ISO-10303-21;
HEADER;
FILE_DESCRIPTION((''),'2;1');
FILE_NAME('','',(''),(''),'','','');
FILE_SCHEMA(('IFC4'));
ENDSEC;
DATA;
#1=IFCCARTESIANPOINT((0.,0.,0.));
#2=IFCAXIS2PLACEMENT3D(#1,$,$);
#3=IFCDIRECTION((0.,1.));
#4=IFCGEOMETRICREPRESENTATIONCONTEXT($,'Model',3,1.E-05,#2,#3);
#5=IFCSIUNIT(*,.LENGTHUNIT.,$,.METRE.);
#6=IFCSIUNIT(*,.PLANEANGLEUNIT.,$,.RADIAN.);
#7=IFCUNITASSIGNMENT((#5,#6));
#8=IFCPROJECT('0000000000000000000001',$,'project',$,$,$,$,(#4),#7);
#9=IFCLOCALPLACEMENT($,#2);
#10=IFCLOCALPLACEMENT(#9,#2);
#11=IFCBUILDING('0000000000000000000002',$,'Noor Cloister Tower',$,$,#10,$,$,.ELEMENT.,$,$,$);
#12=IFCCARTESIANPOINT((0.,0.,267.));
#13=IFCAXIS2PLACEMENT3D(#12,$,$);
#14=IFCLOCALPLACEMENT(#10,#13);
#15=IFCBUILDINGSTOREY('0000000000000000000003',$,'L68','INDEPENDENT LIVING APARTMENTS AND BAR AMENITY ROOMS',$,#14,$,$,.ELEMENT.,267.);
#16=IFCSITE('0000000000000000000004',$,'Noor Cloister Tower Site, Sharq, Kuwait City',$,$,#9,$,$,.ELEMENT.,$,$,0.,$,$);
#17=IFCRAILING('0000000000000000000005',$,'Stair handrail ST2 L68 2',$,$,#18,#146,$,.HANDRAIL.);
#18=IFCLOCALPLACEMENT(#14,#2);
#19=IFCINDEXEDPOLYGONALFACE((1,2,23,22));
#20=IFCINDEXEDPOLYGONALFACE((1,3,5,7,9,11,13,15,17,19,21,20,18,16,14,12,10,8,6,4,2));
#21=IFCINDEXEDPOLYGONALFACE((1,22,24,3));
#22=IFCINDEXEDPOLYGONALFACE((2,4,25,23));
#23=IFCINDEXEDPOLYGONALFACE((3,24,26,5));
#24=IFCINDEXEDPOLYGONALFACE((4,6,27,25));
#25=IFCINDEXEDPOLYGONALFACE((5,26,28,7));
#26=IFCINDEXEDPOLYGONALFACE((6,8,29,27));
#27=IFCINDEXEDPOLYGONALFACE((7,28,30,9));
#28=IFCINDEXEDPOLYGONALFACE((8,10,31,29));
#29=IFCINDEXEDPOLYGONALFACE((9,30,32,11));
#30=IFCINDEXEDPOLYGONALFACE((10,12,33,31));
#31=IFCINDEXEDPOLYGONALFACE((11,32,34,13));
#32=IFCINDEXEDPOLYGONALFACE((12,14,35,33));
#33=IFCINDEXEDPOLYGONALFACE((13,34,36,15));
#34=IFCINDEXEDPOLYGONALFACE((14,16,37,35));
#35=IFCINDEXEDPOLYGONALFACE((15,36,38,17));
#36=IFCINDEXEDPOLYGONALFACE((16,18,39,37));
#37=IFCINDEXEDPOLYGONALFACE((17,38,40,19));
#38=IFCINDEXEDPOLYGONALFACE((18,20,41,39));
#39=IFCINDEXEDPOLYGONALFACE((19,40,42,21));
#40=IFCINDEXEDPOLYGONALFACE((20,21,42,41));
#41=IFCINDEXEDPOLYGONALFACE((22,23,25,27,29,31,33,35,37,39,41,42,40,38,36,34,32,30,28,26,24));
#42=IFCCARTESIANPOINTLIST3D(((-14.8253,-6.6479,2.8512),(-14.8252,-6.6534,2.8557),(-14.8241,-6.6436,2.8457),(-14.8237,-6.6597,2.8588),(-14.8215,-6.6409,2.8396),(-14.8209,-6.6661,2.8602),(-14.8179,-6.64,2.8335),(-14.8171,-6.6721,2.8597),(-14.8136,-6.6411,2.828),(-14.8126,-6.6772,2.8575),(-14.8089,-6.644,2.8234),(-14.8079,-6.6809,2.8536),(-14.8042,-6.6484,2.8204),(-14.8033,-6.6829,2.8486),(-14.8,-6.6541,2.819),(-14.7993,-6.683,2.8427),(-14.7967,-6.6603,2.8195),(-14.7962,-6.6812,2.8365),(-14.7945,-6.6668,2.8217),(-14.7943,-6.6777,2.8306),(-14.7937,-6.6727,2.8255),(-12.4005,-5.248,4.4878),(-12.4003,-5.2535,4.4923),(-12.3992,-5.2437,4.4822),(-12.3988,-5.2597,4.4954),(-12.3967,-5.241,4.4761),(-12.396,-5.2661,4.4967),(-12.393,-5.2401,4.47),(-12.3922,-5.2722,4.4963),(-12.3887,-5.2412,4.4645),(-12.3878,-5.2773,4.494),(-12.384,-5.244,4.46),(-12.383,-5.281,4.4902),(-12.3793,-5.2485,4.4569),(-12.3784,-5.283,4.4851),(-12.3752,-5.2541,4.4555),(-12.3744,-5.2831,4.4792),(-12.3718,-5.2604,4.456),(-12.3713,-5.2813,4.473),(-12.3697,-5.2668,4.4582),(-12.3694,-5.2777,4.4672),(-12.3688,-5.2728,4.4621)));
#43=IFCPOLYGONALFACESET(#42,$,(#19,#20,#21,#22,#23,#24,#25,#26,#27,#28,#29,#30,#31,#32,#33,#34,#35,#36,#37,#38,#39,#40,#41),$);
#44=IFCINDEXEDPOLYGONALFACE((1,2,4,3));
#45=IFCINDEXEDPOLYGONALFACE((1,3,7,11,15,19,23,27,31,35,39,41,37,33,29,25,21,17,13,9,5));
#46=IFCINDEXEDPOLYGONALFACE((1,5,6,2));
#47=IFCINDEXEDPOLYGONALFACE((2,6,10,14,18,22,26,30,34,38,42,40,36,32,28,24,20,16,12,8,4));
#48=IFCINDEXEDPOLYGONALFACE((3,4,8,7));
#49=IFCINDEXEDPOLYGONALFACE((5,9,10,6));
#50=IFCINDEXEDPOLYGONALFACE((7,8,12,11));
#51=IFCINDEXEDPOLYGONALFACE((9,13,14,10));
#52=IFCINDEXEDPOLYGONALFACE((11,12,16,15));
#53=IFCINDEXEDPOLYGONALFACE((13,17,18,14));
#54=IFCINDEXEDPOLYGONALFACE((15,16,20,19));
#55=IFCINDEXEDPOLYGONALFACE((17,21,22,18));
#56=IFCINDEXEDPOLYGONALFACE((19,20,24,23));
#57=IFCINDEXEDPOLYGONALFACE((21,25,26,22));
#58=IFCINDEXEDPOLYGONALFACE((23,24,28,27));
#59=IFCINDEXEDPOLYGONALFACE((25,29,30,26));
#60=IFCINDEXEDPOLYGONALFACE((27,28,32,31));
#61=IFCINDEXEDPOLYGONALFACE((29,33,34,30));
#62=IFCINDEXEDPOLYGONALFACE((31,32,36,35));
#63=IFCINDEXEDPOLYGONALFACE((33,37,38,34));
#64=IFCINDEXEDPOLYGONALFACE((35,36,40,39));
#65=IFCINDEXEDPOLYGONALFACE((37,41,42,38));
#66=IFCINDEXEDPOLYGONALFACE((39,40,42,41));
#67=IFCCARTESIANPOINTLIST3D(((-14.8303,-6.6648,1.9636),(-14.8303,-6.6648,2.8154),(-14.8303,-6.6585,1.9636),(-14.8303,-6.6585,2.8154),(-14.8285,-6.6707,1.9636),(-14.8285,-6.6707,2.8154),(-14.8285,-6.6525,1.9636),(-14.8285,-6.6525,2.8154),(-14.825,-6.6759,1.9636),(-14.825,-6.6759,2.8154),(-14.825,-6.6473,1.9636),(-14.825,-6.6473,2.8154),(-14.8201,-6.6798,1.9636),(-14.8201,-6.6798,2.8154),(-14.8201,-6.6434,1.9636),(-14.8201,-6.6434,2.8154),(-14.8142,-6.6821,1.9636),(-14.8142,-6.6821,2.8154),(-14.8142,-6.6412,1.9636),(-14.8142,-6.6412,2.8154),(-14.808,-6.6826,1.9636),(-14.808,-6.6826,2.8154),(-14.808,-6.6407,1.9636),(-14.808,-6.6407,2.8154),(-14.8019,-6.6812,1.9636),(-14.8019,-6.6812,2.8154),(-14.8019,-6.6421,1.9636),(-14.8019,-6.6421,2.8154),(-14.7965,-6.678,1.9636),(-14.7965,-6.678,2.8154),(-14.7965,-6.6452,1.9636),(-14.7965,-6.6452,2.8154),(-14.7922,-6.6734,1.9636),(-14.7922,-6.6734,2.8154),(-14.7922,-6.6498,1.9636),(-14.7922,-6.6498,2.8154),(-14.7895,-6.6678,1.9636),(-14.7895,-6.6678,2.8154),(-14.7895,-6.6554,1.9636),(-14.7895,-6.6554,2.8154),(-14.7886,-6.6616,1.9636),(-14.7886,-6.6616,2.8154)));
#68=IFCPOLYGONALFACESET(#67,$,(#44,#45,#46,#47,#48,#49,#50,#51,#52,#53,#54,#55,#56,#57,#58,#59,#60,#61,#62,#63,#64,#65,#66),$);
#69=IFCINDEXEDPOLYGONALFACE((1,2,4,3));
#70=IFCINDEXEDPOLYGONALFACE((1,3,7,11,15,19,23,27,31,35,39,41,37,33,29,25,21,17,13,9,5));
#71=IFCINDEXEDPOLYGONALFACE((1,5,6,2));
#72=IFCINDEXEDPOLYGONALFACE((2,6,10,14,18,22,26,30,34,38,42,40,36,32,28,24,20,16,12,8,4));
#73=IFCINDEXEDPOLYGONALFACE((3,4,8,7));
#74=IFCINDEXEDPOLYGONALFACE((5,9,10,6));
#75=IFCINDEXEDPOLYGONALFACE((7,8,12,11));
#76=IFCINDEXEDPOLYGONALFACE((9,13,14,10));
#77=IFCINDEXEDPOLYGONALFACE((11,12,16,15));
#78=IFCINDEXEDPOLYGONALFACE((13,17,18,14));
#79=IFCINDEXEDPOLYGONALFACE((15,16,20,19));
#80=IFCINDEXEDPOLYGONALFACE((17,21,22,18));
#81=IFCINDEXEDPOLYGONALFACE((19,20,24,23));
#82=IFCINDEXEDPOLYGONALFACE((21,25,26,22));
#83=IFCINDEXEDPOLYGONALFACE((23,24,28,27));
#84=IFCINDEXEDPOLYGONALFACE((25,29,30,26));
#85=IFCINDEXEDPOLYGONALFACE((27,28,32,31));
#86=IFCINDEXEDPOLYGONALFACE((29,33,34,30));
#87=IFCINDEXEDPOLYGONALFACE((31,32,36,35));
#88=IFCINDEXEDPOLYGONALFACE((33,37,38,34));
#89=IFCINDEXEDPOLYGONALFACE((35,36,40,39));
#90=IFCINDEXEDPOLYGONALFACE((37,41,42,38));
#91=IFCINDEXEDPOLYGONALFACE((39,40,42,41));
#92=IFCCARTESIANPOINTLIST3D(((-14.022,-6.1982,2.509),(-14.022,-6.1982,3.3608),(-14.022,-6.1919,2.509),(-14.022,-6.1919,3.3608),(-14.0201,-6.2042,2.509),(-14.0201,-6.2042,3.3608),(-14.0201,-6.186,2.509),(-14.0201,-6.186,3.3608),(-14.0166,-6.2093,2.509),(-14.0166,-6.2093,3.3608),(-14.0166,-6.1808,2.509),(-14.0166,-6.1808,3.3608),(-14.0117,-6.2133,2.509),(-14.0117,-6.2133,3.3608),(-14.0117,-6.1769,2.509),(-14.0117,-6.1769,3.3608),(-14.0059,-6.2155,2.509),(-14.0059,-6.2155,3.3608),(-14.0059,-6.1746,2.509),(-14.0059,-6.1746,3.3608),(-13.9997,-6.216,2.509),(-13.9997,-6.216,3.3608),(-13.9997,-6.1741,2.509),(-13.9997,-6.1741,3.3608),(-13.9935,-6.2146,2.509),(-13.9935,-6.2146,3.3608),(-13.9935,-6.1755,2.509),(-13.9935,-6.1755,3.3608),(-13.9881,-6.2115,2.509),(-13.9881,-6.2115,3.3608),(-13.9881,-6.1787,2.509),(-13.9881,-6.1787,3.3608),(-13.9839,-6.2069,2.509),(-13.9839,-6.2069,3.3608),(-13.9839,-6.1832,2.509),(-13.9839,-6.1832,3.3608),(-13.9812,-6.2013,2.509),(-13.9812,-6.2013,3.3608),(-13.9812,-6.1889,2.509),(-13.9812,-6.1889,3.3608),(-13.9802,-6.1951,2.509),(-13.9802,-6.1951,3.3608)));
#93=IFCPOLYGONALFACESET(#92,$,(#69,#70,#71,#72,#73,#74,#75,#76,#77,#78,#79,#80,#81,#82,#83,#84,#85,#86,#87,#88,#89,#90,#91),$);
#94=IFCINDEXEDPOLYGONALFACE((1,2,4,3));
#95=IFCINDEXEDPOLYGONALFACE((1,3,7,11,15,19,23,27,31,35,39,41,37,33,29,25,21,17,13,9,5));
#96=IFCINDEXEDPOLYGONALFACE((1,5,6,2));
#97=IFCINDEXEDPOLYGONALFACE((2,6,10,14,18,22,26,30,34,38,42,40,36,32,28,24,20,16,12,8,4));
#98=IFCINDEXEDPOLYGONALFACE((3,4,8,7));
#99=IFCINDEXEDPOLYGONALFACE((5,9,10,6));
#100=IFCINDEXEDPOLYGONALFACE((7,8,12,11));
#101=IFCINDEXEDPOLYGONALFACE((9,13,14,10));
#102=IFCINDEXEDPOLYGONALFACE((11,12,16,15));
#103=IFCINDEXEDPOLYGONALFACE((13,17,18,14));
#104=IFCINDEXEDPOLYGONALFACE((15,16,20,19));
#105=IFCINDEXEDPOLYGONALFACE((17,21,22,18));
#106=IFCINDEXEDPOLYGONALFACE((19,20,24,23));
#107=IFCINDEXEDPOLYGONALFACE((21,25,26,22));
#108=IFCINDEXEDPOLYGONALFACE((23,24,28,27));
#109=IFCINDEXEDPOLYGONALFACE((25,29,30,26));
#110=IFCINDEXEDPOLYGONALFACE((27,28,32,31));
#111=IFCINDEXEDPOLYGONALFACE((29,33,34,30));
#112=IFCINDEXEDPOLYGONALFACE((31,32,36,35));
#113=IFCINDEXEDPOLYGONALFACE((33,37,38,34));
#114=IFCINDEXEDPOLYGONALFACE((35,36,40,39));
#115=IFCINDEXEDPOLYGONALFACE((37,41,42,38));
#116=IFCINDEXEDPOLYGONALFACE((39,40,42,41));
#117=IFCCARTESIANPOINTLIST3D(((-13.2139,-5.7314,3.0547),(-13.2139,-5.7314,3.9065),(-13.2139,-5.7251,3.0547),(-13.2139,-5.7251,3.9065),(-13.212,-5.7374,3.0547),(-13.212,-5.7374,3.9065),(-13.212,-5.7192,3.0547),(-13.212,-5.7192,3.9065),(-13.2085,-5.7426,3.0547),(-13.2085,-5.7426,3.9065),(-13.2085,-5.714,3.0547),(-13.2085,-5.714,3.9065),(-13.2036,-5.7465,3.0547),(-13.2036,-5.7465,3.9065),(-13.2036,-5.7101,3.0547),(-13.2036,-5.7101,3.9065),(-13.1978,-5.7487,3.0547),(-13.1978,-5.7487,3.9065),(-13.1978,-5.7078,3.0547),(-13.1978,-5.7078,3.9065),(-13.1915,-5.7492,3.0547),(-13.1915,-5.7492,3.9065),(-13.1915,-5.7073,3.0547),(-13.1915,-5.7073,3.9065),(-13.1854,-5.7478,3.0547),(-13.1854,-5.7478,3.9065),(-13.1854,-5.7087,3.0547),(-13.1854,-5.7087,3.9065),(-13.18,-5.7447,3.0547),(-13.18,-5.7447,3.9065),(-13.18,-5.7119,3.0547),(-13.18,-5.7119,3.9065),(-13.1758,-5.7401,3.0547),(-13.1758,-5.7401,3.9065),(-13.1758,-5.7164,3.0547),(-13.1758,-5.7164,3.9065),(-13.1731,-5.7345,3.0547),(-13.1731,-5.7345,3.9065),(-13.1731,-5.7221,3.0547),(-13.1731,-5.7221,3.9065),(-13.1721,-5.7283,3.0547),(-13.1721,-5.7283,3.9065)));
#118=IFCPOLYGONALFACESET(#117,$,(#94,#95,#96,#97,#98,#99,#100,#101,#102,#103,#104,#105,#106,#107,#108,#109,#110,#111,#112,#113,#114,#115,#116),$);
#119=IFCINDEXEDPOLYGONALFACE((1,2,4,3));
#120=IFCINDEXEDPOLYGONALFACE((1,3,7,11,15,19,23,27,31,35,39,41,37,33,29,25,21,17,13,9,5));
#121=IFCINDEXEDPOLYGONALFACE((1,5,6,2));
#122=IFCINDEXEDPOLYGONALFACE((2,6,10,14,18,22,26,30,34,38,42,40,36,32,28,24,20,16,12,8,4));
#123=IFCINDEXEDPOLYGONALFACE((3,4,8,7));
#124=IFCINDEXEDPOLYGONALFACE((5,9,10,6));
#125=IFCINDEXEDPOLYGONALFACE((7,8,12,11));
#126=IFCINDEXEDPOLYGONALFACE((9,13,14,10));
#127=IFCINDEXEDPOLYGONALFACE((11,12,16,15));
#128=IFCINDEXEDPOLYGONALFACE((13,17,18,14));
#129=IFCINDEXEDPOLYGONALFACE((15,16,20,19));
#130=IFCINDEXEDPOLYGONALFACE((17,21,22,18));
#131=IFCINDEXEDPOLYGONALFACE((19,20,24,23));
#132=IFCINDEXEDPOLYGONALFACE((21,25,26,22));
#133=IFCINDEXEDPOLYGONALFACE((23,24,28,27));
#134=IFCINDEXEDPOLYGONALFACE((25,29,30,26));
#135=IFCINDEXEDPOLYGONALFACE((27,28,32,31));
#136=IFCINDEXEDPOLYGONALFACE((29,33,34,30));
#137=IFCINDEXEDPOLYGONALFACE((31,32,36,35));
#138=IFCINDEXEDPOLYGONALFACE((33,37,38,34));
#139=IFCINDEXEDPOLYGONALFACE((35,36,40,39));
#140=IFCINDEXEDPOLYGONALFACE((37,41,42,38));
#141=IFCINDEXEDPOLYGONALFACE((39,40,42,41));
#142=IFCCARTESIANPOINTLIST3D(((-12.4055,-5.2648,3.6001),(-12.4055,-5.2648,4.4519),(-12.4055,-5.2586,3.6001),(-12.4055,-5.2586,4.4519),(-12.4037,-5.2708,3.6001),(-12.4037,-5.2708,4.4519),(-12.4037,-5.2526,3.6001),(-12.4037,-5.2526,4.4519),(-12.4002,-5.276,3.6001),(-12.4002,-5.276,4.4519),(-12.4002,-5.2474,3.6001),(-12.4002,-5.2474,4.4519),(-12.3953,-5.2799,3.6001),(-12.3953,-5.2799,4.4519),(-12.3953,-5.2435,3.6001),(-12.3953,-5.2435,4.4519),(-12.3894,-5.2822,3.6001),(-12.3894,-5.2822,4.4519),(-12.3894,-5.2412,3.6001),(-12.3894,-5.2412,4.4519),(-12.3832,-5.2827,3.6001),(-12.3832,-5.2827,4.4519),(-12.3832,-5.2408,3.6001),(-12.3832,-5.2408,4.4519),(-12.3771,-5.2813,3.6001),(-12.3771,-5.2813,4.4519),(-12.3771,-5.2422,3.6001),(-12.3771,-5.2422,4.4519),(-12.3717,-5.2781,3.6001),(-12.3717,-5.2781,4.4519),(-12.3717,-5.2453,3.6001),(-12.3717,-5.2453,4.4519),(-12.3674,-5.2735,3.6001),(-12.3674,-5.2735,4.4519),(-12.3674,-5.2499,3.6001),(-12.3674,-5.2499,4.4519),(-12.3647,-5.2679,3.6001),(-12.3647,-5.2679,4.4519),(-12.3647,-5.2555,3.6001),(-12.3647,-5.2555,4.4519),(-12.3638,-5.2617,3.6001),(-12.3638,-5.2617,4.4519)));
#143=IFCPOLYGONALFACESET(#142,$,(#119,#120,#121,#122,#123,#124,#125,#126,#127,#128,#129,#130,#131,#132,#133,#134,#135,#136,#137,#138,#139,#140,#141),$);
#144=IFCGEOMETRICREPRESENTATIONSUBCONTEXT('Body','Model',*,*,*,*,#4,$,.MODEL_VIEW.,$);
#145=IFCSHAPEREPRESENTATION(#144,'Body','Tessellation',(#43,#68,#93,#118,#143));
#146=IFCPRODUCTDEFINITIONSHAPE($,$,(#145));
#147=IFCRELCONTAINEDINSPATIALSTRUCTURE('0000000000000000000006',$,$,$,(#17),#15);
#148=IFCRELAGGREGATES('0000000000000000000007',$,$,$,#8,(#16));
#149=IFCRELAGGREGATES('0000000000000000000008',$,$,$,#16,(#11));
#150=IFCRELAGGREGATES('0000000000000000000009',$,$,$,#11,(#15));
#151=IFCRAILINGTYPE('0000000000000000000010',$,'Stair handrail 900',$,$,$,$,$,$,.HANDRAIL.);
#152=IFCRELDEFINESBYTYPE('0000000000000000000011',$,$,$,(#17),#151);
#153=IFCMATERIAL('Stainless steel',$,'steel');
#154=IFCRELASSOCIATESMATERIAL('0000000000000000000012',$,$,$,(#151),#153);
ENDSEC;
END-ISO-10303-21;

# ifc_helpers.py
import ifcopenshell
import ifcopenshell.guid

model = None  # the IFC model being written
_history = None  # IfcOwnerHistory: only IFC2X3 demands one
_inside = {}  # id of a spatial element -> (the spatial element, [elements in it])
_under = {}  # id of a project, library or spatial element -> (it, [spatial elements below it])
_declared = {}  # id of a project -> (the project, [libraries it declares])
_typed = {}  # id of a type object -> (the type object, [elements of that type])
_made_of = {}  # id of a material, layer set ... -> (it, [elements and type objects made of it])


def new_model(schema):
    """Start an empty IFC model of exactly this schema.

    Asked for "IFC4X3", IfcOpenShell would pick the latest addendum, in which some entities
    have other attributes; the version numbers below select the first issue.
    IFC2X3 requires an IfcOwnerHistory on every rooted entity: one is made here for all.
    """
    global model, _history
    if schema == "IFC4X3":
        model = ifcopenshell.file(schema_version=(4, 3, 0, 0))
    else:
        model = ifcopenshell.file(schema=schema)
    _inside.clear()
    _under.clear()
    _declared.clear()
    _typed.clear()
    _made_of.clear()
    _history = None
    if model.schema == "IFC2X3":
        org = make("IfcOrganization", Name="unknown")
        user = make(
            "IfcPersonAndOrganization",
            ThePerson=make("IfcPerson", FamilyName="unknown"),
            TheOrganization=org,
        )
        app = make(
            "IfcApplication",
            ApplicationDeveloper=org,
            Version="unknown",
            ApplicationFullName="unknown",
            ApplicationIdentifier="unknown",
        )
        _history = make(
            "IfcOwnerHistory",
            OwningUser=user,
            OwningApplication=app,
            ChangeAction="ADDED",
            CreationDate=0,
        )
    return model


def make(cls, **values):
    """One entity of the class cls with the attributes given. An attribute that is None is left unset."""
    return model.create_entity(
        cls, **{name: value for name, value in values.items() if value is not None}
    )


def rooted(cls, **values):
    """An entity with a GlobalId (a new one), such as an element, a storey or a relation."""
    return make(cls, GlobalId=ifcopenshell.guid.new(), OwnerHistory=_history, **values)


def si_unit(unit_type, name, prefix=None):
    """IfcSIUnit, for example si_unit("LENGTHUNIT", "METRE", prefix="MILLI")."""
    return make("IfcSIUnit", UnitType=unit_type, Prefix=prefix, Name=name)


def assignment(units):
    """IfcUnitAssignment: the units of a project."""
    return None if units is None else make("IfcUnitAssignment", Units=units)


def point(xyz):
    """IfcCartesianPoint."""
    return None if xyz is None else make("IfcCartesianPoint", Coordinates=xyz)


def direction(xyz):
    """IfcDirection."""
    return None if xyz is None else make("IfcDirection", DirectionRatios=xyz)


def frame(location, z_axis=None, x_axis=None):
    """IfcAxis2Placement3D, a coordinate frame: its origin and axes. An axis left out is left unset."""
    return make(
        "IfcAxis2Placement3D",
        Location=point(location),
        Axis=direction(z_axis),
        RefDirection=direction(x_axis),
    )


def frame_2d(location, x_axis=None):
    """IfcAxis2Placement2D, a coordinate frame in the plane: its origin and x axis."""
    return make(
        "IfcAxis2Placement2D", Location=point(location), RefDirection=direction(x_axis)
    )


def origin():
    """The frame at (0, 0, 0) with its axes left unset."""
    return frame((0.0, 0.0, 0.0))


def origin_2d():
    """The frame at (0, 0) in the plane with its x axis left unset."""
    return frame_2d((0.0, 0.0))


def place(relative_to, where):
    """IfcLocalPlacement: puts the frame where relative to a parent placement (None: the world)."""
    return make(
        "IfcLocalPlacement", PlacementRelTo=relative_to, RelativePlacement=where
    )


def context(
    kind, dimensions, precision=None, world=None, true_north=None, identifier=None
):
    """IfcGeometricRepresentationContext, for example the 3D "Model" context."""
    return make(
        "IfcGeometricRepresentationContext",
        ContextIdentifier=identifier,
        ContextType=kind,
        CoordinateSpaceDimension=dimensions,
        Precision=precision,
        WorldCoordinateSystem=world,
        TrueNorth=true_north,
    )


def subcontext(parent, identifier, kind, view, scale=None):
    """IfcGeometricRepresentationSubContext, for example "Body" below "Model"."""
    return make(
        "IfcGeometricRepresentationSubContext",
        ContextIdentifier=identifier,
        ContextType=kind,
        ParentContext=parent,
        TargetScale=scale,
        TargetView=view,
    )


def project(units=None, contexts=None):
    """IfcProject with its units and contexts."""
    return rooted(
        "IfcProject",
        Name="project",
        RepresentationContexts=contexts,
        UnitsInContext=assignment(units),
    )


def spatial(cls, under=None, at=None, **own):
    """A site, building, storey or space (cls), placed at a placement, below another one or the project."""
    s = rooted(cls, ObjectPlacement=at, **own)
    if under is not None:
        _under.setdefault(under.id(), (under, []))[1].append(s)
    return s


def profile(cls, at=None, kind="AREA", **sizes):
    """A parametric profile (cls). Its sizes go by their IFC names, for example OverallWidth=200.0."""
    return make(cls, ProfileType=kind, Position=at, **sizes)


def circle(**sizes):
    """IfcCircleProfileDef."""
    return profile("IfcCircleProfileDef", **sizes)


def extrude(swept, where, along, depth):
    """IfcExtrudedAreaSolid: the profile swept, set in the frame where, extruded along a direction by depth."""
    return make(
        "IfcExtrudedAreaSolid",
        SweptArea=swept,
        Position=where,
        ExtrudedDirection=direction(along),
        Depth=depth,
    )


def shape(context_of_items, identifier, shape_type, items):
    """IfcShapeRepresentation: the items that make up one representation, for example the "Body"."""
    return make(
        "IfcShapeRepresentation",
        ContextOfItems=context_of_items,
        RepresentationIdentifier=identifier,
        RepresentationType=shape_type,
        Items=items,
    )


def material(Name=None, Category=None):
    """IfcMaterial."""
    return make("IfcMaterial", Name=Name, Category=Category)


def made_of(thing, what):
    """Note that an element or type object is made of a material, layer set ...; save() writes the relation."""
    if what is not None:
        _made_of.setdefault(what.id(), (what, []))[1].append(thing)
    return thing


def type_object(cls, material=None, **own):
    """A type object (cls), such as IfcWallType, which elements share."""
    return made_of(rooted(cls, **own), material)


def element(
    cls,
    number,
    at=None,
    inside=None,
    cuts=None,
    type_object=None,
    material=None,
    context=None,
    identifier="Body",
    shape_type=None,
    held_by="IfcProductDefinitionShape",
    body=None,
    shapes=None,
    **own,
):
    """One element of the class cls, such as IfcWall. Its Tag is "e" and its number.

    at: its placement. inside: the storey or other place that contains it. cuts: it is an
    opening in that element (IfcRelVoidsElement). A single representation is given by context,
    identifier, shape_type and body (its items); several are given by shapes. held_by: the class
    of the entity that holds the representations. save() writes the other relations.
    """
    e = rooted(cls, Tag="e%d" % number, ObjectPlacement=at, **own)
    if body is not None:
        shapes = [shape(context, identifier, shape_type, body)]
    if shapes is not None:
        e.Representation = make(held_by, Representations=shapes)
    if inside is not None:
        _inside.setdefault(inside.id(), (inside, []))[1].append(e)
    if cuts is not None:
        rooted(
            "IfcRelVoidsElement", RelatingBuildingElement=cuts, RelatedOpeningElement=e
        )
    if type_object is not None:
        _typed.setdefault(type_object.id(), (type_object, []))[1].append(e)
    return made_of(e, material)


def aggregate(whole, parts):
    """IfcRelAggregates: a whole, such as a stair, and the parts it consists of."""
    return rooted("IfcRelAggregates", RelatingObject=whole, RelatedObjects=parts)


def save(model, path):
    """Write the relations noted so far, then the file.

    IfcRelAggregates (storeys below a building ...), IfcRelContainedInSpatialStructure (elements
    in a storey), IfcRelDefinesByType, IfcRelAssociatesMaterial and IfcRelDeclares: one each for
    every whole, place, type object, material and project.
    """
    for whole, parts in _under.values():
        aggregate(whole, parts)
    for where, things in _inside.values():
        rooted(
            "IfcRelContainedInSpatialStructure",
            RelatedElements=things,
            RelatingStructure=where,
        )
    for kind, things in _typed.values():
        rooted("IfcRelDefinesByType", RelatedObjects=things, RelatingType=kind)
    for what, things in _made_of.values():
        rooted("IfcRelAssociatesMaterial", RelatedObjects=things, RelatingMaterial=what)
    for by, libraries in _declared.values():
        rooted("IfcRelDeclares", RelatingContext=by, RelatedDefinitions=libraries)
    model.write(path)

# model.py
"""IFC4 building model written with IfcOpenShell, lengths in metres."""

from ifc_helpers import new_model, si_unit, direction, frame, origin, origin_2d, place, context, subcontext, project, spatial, circle, extrude, material, type_object, element, save


model = new_model("IFC4")

# Units and contexts
model_context = context("Model", 3, precision=1e-05, world=origin(), true_north=direction((0.0, 1.0)))
body_context = subcontext(model_context, "Body", "Model", "MODEL_VIEW")
ifc_project = project(units=[si_unit("LENGTHUNIT", "METRE"), si_unit("PLANEANGLEUNIT", "RADIAN")], contexts=[model_context])

# Site, building, storey
site_placement = place(None, origin())
site = spatial("IfcSite", under=ifc_project, at=site_placement, Name="Noor Cloister Tower Site, Sharq, Kuwait City", CompositionType="ELEMENT", RefElevation=0.0)
building_placement = place(site_placement, origin())
building = spatial("IfcBuilding", under=site, at=building_placement, Name="Noor Cloister Tower", CompositionType="ELEMENT")
storey_placement = place(building_placement, frame((0.0, 0.0, 267.0)))
storey = spatial("IfcBuildingStorey", under=building, at=storey_placement, Name="L68", Description="INDEPENDENT LIVING APARTMENTS AND BAR AMENITY ROOMS", CompositionType="ELEMENT", Elevation=267.0)

# Railing
ifc_material_1 = material(Name="Stainless steel", Category="steel")
railing_type_1 = type_object("IfcRailingType", Name="Stair handrail 900", PredefinedType="HANDRAIL", material=ifc_material_1)
railing_1_placement = place(storey_placement, frame((-14.8096, -6.6616, 1.9636)))
element("IfcRailing", 1, at=railing_1_placement, inside=storey, type_object=railing_type_1, Name="Stair handrail ST2 L68 2", PredefinedType="HANDRAIL", context=body_context, shape_type="SweptSolid", body=[
    extrude(circle(Radius=0.0239, at=origin_2d()), frame((0.0, 0.0, 0.876), z_axis=(0.74769, 0.431661, 0.504608), x_axis=(-0.499984, 0.866035, 0.0)), (0.0, 0.0, 1.0), 3.2432),
    extrude(circle(Radius=0.021, at=origin_2d()), origin(), (0.0, 0.0, 1.0), 0.8518),
    extrude(circle(Radius=0.021, at=origin_2d()), frame((0.8083, 0.4666, 0.5454)), (0.0, 0.0, 1.0), 0.8518),
    extrude(circle(Radius=0.021, at=origin_2d()), frame((1.6165, 0.9333, 1.0911)), (0.0, 0.0, 1.0), 0.8518),
    extrude(circle(Radius=0.021, at=origin_2d()), frame((2.4248, 1.3999, 1.6365)), (0.0, 0.0, 1.0), 0.8518),
])

save(model, "model.ifc")
